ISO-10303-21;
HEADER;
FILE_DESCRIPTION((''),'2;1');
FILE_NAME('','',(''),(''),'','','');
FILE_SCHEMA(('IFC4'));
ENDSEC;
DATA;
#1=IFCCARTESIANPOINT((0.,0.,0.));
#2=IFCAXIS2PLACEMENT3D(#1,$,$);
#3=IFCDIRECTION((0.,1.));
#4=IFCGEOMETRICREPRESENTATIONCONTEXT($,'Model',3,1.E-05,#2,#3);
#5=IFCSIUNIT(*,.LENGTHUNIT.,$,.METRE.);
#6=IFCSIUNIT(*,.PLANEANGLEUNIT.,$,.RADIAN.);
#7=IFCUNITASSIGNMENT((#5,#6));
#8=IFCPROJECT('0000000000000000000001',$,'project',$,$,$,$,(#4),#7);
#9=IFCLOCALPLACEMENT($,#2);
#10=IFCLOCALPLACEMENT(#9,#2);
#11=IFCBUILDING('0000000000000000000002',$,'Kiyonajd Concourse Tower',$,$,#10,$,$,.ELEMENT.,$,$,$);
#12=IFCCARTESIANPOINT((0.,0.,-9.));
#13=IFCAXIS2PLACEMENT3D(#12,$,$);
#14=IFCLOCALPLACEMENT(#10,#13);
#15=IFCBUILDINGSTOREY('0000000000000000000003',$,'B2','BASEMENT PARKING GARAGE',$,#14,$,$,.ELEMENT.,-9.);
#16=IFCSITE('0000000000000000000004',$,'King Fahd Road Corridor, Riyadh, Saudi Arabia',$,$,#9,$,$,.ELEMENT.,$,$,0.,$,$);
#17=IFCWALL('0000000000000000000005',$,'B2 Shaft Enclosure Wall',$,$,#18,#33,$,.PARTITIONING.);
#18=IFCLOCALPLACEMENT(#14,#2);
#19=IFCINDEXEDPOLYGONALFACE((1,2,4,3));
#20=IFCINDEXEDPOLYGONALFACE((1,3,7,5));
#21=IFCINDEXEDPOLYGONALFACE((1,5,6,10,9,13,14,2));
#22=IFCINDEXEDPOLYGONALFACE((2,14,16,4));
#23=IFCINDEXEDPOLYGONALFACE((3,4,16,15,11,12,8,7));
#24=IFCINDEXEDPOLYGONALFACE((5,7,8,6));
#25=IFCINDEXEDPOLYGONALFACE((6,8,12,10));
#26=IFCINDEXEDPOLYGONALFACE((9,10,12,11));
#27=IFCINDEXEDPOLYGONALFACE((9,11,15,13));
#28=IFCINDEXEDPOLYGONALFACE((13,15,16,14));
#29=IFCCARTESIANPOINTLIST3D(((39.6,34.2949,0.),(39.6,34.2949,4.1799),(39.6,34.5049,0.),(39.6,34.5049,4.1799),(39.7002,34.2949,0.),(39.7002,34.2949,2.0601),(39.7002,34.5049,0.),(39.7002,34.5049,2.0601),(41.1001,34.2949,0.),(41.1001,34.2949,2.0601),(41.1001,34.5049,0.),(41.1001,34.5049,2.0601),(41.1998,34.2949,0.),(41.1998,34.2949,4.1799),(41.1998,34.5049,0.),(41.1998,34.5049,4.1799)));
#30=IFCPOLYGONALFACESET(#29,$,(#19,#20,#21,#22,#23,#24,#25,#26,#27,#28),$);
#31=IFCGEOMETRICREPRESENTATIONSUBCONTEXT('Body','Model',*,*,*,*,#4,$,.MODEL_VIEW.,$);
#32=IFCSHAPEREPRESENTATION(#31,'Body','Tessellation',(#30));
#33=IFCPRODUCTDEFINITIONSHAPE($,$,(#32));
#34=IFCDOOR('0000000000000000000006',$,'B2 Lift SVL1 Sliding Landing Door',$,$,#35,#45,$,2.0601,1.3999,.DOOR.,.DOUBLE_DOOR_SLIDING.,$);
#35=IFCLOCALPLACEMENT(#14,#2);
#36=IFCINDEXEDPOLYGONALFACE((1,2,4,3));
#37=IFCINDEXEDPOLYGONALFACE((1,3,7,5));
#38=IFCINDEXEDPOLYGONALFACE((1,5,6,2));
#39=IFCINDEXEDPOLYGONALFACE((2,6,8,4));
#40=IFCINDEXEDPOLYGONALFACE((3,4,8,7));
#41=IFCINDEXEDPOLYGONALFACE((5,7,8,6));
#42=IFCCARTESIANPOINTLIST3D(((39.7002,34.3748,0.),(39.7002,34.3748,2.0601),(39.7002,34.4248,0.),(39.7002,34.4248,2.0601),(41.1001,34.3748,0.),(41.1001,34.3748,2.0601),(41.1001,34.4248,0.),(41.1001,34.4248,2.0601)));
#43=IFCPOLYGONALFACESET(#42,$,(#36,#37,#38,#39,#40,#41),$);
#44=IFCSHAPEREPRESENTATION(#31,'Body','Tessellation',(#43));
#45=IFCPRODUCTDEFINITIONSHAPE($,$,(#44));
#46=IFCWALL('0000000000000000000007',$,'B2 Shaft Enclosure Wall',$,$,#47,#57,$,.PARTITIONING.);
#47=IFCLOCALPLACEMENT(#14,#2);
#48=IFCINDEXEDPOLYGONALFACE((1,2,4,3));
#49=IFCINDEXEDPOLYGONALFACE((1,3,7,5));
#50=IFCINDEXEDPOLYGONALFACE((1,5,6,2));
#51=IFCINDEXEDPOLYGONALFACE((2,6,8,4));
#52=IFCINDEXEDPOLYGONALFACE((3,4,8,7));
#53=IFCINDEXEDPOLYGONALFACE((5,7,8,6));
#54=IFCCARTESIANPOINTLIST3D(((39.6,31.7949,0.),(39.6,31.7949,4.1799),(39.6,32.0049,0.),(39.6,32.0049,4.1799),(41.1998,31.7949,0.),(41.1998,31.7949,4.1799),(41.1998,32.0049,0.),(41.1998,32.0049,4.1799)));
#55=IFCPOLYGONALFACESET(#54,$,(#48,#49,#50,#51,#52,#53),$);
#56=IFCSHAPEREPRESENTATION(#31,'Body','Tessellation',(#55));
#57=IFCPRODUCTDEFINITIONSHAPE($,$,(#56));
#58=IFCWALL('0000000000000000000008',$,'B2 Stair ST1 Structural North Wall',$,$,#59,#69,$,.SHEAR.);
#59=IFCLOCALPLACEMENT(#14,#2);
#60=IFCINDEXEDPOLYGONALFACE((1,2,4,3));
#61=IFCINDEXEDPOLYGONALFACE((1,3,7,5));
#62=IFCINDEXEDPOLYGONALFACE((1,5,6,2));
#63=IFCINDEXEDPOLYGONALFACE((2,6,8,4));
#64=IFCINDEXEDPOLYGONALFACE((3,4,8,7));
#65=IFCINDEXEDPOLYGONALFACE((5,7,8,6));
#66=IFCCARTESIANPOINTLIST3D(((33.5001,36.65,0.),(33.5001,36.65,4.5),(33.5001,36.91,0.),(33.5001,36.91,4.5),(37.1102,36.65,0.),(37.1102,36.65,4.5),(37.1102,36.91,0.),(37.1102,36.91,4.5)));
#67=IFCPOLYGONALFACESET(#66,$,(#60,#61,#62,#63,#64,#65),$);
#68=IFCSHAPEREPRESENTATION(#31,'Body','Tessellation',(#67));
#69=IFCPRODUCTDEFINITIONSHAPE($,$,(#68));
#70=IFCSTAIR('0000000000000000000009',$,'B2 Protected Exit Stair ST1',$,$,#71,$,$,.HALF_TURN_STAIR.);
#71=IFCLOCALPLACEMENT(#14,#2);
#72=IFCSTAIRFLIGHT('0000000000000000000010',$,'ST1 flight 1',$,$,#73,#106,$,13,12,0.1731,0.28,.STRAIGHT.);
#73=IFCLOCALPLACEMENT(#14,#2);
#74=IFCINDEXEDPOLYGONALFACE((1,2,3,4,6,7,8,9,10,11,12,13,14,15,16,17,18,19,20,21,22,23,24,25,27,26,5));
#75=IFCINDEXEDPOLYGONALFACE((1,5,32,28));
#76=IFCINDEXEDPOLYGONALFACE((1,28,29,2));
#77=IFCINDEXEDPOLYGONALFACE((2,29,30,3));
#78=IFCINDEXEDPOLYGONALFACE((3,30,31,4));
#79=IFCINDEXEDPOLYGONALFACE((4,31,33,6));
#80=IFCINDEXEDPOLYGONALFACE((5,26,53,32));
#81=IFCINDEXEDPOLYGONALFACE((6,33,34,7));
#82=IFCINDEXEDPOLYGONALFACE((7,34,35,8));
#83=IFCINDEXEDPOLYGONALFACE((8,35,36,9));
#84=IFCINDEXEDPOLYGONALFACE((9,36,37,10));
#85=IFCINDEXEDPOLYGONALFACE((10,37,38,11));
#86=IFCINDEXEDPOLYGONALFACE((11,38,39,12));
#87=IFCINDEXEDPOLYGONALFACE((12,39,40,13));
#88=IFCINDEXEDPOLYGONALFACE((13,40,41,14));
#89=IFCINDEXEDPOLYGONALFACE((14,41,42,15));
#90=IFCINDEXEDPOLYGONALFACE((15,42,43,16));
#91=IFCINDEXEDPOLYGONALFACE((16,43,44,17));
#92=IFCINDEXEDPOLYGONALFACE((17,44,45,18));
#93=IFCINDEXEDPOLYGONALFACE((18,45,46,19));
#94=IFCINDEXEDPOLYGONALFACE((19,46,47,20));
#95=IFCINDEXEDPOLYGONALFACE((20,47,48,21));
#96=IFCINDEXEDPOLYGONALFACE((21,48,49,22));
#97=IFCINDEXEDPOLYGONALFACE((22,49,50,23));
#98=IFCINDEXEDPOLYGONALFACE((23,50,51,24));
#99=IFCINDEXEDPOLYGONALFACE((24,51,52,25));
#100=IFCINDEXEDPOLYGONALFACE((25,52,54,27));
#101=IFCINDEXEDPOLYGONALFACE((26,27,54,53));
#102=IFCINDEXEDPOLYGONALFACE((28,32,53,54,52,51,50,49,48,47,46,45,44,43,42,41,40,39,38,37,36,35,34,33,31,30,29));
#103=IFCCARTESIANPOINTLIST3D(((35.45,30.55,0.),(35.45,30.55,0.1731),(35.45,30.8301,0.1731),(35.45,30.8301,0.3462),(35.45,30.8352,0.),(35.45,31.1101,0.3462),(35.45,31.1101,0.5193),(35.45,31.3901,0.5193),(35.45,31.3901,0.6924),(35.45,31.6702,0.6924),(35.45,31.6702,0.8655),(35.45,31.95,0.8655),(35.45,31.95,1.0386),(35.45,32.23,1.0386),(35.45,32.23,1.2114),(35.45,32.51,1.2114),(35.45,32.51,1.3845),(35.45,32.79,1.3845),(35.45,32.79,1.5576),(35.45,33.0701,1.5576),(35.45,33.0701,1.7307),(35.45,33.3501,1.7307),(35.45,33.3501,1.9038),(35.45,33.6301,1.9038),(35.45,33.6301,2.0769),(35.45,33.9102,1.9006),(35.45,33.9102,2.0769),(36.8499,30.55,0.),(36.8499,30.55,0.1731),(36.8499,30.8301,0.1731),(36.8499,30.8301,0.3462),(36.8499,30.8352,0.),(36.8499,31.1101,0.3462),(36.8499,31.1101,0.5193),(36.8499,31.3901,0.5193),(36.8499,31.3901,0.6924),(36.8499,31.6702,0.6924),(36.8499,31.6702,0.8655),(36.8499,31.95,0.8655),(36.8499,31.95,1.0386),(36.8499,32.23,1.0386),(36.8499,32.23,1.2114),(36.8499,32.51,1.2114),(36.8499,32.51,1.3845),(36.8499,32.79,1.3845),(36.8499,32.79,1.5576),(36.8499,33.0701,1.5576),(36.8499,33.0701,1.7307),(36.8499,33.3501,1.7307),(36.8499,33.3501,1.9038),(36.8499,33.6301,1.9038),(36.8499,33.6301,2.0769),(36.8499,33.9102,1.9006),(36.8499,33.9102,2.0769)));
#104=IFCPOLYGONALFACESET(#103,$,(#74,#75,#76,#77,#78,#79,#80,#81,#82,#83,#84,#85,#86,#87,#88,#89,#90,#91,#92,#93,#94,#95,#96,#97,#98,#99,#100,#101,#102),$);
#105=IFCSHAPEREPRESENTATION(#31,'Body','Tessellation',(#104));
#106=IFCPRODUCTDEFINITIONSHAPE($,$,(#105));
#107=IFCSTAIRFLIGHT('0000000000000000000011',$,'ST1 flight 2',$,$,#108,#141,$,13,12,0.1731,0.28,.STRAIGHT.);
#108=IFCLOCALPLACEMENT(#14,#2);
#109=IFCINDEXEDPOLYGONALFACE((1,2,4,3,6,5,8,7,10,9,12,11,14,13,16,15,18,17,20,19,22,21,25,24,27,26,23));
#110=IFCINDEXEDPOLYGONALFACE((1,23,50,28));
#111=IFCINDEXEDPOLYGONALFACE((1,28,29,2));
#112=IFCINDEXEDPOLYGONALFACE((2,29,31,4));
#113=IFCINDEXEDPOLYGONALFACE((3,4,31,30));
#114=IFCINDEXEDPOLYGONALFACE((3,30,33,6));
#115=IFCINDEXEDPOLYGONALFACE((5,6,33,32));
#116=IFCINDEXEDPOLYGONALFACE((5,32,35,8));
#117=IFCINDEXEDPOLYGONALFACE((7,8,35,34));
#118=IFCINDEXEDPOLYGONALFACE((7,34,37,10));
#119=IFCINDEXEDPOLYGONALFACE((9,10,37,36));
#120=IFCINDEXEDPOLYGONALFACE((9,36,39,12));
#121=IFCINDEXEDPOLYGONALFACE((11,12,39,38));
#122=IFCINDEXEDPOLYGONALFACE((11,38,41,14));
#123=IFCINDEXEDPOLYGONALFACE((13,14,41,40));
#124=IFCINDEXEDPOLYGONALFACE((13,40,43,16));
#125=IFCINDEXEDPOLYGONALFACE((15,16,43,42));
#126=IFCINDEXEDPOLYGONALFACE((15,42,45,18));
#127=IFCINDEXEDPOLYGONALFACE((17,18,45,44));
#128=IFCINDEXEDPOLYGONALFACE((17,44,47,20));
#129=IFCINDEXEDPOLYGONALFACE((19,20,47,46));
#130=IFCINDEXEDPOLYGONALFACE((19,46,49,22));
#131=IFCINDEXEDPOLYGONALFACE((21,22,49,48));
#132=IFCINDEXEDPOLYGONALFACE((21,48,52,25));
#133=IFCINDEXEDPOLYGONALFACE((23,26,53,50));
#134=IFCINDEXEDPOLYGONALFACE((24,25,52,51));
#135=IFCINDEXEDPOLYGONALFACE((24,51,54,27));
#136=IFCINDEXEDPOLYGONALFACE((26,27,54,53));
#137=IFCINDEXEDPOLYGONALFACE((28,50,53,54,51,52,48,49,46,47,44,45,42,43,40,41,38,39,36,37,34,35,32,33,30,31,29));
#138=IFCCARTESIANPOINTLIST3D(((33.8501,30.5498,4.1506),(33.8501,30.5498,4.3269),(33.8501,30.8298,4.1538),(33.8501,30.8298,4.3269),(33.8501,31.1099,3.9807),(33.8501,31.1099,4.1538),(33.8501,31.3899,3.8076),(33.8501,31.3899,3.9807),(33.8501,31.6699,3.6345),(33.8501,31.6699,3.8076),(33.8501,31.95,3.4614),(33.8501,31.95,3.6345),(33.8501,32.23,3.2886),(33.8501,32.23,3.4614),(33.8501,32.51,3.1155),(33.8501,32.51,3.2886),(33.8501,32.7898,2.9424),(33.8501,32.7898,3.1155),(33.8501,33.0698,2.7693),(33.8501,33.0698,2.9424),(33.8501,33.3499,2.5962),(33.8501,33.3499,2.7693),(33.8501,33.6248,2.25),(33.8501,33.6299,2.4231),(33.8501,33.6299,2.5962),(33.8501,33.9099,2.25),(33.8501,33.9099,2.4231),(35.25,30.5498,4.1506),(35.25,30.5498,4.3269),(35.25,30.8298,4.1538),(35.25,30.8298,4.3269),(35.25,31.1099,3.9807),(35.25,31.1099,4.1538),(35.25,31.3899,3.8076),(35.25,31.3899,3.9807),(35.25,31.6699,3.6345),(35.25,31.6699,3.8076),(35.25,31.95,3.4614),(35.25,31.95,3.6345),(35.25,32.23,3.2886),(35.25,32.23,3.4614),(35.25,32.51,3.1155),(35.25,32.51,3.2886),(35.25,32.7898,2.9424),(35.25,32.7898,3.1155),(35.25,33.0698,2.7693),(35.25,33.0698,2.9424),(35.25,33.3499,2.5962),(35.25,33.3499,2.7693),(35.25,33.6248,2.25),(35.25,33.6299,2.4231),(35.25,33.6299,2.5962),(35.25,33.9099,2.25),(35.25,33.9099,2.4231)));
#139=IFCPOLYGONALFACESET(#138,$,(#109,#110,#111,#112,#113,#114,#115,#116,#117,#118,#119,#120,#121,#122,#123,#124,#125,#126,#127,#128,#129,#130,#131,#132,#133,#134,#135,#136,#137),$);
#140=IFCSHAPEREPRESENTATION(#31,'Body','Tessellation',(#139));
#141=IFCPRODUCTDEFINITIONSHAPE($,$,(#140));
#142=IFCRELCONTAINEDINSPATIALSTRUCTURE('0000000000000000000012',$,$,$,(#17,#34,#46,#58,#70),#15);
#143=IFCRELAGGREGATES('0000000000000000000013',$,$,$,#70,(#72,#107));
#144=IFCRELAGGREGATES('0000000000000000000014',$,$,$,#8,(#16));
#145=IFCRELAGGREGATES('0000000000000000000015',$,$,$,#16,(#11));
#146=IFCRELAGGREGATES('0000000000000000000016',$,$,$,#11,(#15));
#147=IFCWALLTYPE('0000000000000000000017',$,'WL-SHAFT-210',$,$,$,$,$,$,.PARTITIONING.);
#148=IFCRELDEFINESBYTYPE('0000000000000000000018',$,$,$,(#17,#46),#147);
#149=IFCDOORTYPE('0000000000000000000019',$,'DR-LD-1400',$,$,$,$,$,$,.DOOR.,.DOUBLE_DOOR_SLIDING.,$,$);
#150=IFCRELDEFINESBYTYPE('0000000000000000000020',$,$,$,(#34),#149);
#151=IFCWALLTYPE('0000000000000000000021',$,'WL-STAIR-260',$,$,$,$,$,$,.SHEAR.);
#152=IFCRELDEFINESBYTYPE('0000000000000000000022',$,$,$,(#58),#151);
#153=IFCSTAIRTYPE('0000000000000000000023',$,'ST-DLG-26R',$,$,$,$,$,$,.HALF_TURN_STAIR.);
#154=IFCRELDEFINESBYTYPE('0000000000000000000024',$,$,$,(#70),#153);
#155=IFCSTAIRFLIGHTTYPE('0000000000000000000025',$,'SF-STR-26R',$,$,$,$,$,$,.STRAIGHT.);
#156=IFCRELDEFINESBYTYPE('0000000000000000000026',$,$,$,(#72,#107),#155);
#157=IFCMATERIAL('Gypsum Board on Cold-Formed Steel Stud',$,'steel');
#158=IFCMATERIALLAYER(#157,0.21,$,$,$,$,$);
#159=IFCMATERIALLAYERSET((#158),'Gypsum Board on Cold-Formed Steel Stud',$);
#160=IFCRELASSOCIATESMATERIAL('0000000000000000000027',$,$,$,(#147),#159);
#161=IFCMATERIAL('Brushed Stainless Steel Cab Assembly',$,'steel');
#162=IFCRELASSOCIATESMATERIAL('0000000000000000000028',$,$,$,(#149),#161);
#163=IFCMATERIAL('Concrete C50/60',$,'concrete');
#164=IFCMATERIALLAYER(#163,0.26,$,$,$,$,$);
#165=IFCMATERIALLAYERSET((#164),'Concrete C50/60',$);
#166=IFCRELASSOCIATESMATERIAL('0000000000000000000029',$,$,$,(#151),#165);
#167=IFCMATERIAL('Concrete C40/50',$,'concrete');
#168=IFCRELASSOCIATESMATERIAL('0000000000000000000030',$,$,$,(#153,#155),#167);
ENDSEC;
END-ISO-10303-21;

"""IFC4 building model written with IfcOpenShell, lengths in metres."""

from ifc_helpers import new_model, si_unit, direction, frame, frame_2d, origin, place, context, subcontext, project, spatial, polyline, rectangle, outline, extrude, material, layer, layer_set, type_object, element, fill, aggregate, save


model = new_model("IFC4")

# Units and contexts
model_context = context("Model", 3, precision=1e-05, world=origin(), true_north=direction((0.0, 1.0)))
body_context = subcontext(model_context, "Body", "Model", "MODEL_VIEW")
ifc_project = project(units=[si_unit("LENGTHUNIT", "METRE"), si_unit("PLANEANGLEUNIT", "RADIAN")], contexts=[model_context])

# Site, building, storey
site_placement = place(None, origin())
site = spatial("IfcSite", under=ifc_project, at=site_placement, Name="King Fahd Road Corridor, Riyadh, Saudi Arabia", CompositionType="ELEMENT", RefElevation=0.0)
building_placement = place(site_placement, origin())
building = spatial("IfcBuilding", under=site, at=building_placement, Name="Kiyonajd Concourse Tower", CompositionType="ELEMENT")
storey_placement = place(building_placement, frame((0.0, 0.0, -9.0)))
storey = spatial("IfcBuildingStorey", under=building, at=storey_placement, Name="B2", Description="BASEMENT PARKING GARAGE", CompositionType="ELEMENT", Elevation=-9.0)

# Shared definitions
ifc_material_1 = material(Name="Concrete C50/60", Category="concrete")

# Shared definitions
ifc_material_2 = material(Name="Gypsum Board on Cold-Formed Steel Stud", Category="steel")
ifc_layer_1 = layer(ifc_material_2, 0.21)
ifc_layer_set_1 = layer_set([ifc_layer_1], Name="Gypsum Board on Cold-Formed Steel Stud")
wall_type_1 = type_object("IfcWallType", Name="WL-SHAFT-210", PredefinedType="PARTITIONING", material=ifc_layer_set_1)

# Shared definitions
ifc_material_3 = material(Name="Brushed Stainless Steel Cab Assembly", Category="steel")

# Wall, opening, door
wall_1_placement = place(storey_placement, frame((39.6001, 34.3999, 0.0), z_axis=(0.0, 0.0, 1.0), x_axis=(1.0, 0.0, 0.0)))
wall_1 = element("IfcWall", 1, at=wall_1_placement, inside=storey, type_object=wall_type_1, Name="B2 Shaft Enclosure Wall", PredefinedType="PARTITIONING", context=body_context, shape_type="SweptSolid", body=[
    extrude(rectangle(XDim=1.5999, YDim=0.21, at=frame_2d((0.7998, 0.0))), origin(), (0.0, 0.0, 1.0), 4.1799),
])
opening_1_placement = place(wall_1_placement, frame((0.1001, 0.0, 0.0)))
opening_1 = element("IfcOpeningElement", 2, at=opening_1_placement, cuts=wall_1, PredefinedType="OPENING", context=body_context, shape_type="SweptSolid", body=[
    extrude(rectangle(XDim=1.3999, YDim=2.0601, at=frame_2d((0.7, 1.03))), frame((0.0, 0.115, 0.0), z_axis=(0.0, -1.0, 0.0), x_axis=(1.0, 0.0, 0.0)), (0.0, 0.0, 1.0), 0.23),
])
door_type_1 = type_object("IfcDoorType", Name="DR-LD-1400", OperationType="DOUBLE_DOOR_SLIDING", PredefinedType="DOOR", material=ifc_material_3)
door_1_placement = place(opening_1_placement, origin())
door_1 = element("IfcDoor", 3, at=door_1_placement, inside=storey, type_object=door_type_1, Name="B2 Lift SVL1 Sliding Landing Door", OperationType="DOUBLE_DOOR_SLIDING", OverallHeight=2.0601, OverallWidth=1.3999, PredefinedType="DOOR", context=body_context, shape_type="SweptSolid", body=[
    extrude(rectangle(XDim=1.3999, YDim=2.0601, at=frame_2d((0.7, 1.03))), frame((0.0, 0.0249, 0.0), z_axis=(0.0, -1.0, 0.0), x_axis=(1.0, 0.0, 0.0)), (0.0, 0.0, 1.0), 0.05),
])
fill(opening_1, door_1)

# Walls
wall_2_placement = place(storey_placement, frame((39.6001, 31.8999, 0.0), z_axis=(0.0, 0.0, 1.0), x_axis=(1.0, 0.0, 0.0)))
element("IfcWall", 4, at=wall_2_placement, inside=storey, type_object=wall_type_1, Name="B2 Shaft Enclosure Wall", PredefinedType="PARTITIONING", context=body_context, shape_type="SweptSolid", body=[
    extrude(rectangle(XDim=1.5999, YDim=0.21, at=frame_2d((0.7998, 0.0))), origin(), (0.0, 0.0, 1.0), 4.1799),
])
ifc_layer_2 = layer(ifc_material_1, 0.26)
ifc_layer_set_2 = layer_set([ifc_layer_2], Name="Concrete C50/60")
wall_type_2 = type_object("IfcWallType", Name="WL-STAIR-260", PredefinedType="SHEAR", material=ifc_layer_set_2)
wall_3_placement = place(storey_placement, frame((33.5, 36.78, 0.0), z_axis=(0.0, 0.0, 1.0), x_axis=(1.0, 0.0, 0.0)))
element("IfcWall", 5, at=wall_3_placement, inside=storey, type_object=wall_type_2, Name="B2 Stair ST1 Structural North Wall", PredefinedType="SHEAR", context=body_context, shape_type="SweptSolid", body=[
    extrude(rectangle(XDim=3.6101, YDim=0.26, at=frame_2d((1.8052, 0.0))), origin(), (0.0, 0.0, 1.0), 4.5),
])

# Stair, stair flights
ifc_material_4 = material(Name="Concrete C40/50", Category="concrete")
stair_type = type_object("IfcStairType", Name="ST-DLG-26R", PredefinedType="HALF_TURN_STAIR", material=ifc_material_4)
stair_placement = place(storey_placement, origin())
stair = element("IfcStair", 6, at=stair_placement, inside=storey, type_object=stair_type, Name="B2 Protected Exit Stair ST1", PredefinedType="HALF_TURN_STAIR")
stair_flight_type = type_object("IfcStairFlightType", Name="SF-STR-26R", PredefinedType="STRAIGHT", material=ifc_material_4)
stair_flight_1_placement = place(storey_placement, frame((36.1499, 30.55, 0.0), z_axis=(0.0, 0.0, 1.0), x_axis=(0.0, 1.0, 0.0)))
stair_flight_1 = element("IfcStairFlight", 7, at=stair_flight_1_placement, type_object=stair_flight_type, Name="ST1 flight 1", NumberOfRisers=13, NumberOfTreads=12, PredefinedType="STRAIGHT", RiserHeight=0.1731, TreadLength=0.28, context=body_context, shape_type="SweptSolid", body=[
    extrude(outline(polyline([(0.0, 0.0), (0.0, 0.1731), (0.28, 0.1731), (0.28, 0.3462), (0.5601, 0.3462), (0.5601, 0.5193), (0.8401, 0.5193), (0.8401, 0.6924), (1.1201, 0.6924), (1.1201, 0.8655), (1.3999, 0.8655), (1.3999, 1.0386), (1.6799, 1.0386), (1.6799, 1.2114), (1.96, 1.2114), (1.96, 1.3845), (2.24, 1.3845), (2.24, 1.5576), (2.52, 1.5576), (2.52, 1.7307), (2.8, 1.7307), (2.8, 1.9038), (3.0801, 1.9038), (3.0801, 2.0769), (3.3601, 2.0769), (3.3601, 2.25), (3.3601, 1.9006), (0.2852, 0.0), (0.0, 0.0)])), frame((0.0, 0.7, 0.0), z_axis=(0.0, -1.0, 0.0), x_axis=(1.0, 0.0, 0.0)), (0.0, 0.0, 1.0), 1.3999),
])
stair_flight_2_placement = place(storey_placement, frame((34.55, 33.9099, 2.25), z_axis=(0.0, 0.0, 1.0), x_axis=(0.0, -1.0, 0.0)))
stair_flight_2 = element("IfcStairFlight", 8, at=stair_flight_2_placement, type_object=stair_flight_type, Name="ST1 flight 2", NumberOfRisers=13, NumberOfTreads=12, PredefinedType="STRAIGHT", RiserHeight=0.1731, TreadLength=0.28, context=body_context, shape_type="SweptSolid", body=[
    extrude(outline(polyline([(0.0, 0.0), (0.0, 0.1731), (0.28, 0.1731), (0.28, 0.3462), (0.5601, 0.3462), (0.5601, 0.5193), (0.8401, 0.5193), (0.8401, 0.6924), (1.1201, 0.6924), (1.1201, 0.8655), (1.3999, 0.8655), (1.3999, 1.0386), (1.6799, 1.0386), (1.6799, 1.2114), (1.96, 1.2114), (1.96, 1.3845), (2.24, 1.3845), (2.24, 1.5576), (2.52, 1.5576), (2.52, 1.7307), (2.8, 1.7307), (2.8, 1.9038), (3.0801, 1.9038), (3.0801, 2.0769), (3.3601, 2.0769), (3.3601, 2.25), (3.3601, 1.9006), (0.2852, 0.0), (0.0, 0.0)])), frame((0.0, 0.7, 0.0), z_axis=(0.0, -1.0, 0.0), x_axis=(1.0, 0.0, 0.0)), (0.0, 0.0, 1.0), 1.3999),
])
aggregate(stair, [stair_flight_1, stair_flight_2])

save(model, "model.ifc")
